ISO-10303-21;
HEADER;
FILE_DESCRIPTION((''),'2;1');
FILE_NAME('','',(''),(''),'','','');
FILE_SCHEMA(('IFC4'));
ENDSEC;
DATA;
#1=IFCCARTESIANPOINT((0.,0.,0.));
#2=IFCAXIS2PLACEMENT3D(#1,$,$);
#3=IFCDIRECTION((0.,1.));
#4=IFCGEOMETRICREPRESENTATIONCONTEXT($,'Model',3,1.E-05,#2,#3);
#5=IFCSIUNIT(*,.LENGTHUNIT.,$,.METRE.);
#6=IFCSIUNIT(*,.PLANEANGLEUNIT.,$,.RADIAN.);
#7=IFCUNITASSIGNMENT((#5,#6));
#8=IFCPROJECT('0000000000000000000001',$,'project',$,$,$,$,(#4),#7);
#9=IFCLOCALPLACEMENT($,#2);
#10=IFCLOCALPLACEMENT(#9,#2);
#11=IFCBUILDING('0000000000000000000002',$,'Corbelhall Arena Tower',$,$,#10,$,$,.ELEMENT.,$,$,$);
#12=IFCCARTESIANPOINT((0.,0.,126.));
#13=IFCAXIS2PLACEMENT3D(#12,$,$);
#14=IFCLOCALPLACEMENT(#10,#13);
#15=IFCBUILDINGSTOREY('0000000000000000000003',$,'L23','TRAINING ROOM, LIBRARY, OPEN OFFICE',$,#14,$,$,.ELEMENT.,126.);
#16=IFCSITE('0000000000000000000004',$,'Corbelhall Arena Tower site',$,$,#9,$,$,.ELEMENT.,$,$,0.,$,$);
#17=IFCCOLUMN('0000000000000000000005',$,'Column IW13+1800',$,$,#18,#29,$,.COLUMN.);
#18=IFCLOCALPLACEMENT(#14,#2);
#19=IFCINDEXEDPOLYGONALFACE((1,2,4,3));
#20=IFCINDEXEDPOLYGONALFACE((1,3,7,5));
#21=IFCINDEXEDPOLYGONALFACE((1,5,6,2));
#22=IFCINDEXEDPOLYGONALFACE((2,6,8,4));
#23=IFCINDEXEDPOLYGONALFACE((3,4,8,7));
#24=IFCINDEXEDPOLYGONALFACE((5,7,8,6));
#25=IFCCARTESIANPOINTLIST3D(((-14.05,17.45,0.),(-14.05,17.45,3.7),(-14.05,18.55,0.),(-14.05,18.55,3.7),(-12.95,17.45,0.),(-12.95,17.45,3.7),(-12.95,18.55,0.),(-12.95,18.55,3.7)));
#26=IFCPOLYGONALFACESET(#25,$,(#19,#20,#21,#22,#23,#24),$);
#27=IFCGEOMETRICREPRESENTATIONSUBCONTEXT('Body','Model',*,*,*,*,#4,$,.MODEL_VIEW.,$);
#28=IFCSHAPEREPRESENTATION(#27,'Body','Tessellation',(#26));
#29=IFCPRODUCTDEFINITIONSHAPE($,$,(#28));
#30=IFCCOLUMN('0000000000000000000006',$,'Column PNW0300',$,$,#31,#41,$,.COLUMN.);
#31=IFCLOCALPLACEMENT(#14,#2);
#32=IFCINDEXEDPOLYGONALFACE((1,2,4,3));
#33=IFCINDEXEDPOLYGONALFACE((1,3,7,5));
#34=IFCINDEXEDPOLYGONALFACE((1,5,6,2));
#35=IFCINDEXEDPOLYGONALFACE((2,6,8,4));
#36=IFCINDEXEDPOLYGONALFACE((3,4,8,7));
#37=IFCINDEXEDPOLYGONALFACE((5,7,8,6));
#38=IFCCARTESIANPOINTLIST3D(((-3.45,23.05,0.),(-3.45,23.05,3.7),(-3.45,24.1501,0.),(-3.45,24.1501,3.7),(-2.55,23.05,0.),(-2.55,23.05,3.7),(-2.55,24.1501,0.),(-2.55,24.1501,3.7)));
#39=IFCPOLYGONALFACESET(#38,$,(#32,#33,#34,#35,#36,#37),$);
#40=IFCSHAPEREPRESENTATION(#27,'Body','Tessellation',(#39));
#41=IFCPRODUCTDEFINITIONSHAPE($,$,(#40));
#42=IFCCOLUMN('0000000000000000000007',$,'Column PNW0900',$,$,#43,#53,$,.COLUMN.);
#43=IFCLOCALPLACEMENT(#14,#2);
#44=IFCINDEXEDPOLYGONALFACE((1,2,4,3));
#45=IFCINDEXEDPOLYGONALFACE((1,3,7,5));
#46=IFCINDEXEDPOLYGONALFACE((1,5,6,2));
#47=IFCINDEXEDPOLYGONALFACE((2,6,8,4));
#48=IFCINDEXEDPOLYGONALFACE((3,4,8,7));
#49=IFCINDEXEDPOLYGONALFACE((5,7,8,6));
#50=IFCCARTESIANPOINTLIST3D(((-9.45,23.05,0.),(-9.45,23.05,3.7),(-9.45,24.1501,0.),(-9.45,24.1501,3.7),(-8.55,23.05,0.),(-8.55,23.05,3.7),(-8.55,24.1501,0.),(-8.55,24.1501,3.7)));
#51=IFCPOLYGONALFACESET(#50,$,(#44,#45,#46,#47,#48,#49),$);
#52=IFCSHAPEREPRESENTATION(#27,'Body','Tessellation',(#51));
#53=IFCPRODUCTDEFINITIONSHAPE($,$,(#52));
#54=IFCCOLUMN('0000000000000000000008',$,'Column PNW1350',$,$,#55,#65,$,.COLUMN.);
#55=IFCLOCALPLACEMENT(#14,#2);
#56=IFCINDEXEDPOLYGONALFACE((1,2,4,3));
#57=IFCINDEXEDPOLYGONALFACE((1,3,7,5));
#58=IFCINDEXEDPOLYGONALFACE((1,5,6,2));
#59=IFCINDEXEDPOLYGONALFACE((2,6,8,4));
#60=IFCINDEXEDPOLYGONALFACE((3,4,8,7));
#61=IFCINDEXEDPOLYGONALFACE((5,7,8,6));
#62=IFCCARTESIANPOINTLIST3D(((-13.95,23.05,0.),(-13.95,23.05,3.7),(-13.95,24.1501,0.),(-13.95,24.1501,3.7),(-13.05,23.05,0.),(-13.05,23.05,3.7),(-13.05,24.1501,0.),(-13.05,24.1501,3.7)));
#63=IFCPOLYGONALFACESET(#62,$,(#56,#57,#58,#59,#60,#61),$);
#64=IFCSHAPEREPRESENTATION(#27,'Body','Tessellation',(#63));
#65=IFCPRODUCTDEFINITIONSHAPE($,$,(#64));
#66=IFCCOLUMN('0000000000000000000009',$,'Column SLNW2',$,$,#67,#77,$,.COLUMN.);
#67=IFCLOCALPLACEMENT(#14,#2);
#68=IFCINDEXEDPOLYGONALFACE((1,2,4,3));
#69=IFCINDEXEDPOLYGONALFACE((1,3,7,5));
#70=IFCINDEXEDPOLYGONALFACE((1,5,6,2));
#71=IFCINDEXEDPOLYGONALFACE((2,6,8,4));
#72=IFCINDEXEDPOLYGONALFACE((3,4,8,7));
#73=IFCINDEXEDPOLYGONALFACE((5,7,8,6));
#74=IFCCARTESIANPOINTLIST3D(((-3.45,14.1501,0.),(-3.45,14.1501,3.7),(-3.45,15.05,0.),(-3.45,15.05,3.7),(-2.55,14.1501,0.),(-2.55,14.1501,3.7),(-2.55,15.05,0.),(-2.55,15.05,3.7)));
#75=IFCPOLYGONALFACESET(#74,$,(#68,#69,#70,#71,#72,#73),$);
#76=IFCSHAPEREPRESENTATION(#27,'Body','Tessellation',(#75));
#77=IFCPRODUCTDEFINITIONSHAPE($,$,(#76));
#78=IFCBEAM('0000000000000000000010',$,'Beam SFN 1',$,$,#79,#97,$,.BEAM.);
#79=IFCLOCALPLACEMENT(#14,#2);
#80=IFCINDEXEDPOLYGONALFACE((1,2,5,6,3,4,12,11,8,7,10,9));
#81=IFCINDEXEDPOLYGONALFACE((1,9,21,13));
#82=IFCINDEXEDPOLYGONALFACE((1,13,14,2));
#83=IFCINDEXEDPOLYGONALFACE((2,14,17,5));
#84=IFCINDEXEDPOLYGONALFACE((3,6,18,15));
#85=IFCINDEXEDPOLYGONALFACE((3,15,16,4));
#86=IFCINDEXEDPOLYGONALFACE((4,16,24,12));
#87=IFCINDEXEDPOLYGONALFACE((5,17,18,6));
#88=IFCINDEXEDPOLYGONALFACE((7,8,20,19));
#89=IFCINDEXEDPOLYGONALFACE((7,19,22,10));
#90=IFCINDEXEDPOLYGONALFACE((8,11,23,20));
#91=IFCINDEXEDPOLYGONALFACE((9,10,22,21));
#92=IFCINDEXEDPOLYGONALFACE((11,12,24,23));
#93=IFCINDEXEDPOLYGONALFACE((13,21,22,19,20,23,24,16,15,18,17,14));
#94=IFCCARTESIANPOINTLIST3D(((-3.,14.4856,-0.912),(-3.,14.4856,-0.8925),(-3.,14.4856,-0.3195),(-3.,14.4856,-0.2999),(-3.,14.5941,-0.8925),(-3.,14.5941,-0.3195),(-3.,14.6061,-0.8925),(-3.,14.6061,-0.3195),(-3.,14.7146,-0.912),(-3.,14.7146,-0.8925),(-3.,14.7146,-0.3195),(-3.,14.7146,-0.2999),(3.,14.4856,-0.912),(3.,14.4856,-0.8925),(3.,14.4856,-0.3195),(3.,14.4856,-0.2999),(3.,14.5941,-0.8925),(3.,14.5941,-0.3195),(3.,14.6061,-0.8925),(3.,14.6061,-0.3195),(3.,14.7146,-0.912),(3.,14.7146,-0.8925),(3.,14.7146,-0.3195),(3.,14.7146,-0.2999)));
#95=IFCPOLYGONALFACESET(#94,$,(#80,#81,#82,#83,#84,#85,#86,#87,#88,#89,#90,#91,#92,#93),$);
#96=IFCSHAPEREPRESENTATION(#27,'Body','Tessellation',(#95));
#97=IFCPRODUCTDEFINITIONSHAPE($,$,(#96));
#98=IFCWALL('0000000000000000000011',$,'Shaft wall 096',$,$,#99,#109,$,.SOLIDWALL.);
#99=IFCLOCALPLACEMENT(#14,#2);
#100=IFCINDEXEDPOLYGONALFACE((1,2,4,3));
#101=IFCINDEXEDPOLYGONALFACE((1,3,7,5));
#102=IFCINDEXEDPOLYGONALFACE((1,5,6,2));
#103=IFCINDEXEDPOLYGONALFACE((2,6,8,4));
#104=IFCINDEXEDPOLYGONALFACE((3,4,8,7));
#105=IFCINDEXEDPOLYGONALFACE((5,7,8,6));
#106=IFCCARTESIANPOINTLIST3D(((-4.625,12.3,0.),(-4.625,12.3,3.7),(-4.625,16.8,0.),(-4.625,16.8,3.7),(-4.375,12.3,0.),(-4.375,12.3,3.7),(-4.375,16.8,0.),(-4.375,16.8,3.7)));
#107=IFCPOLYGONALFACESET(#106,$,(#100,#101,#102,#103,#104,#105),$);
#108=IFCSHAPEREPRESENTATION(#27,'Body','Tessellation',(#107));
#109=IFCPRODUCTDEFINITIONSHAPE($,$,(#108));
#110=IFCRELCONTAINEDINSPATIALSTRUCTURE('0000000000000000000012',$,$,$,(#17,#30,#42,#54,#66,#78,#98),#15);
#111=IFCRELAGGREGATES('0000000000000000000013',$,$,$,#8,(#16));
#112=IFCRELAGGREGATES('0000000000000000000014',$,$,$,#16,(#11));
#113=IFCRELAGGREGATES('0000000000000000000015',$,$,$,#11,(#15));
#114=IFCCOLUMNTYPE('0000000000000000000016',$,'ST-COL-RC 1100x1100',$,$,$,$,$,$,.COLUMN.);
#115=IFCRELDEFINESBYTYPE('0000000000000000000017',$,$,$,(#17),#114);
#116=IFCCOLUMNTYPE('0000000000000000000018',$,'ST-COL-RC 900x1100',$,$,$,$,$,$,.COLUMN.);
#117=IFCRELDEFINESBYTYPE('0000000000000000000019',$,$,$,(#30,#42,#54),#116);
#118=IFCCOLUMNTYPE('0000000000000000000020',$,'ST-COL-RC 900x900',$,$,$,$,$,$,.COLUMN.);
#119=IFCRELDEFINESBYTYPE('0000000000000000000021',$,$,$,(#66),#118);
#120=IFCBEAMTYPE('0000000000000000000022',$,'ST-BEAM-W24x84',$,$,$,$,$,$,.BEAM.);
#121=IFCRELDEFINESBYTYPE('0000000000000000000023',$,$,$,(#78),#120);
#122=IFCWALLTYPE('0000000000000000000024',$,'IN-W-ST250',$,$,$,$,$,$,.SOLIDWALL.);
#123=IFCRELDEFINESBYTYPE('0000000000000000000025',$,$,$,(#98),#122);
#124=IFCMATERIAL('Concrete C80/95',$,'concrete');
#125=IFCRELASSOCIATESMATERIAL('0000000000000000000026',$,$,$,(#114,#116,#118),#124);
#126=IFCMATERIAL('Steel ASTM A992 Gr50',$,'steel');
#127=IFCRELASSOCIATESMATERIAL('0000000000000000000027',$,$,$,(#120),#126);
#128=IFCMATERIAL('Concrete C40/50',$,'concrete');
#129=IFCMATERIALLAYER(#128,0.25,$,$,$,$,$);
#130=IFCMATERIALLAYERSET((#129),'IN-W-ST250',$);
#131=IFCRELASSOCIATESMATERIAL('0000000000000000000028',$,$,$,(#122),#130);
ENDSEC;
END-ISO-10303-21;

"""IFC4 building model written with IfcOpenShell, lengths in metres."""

from ifc_helpers import new_model, si_unit, direction, frame, frame_2d, origin, origin_2d, place, context, subcontext, project, spatial, rectangle, i_section, extrude, material, layer, layer_set, material_profile, profile_set, type_object, element, save


model = new_model("IFC4")

# Units and contexts
model_context = context("Model", 3, precision=1e-05, world=origin(), true_north=direction((0.0, 1.0)))
body_context = subcontext(model_context, "Body", "Model", "MODEL_VIEW")
ifc_project = project(units=[si_unit("LENGTHUNIT", "METRE"), si_unit("PLANEANGLEUNIT", "RADIAN")], contexts=[model_context])

# Site, building, storey
site_placement = place(None, origin())
site = spatial("IfcSite", under=ifc_project, at=site_placement, Name="Corbelhall Arena Tower site", CompositionType="ELEMENT", RefElevation=0.0)
building_placement = place(site_placement, origin())
building = spatial("IfcBuilding", under=site, at=building_placement, Name="Corbelhall Arena Tower", CompositionType="ELEMENT")
storey_placement = place(building_placement, frame((0.0, 0.0, 126.0)))
storey = spatial("IfcBuildingStorey", under=building, at=storey_placement, Name="L23", Description="TRAINING ROOM, LIBRARY, OPEN OFFICE", CompositionType="ELEMENT", Elevation=126.0)

# Columns
ifc_material_1 = material(Name="Concrete C80/95", Category="concrete")
ifc_material_profile_1 = material_profile(ifc_material_1, rectangle(XDim=1.1001, YDim=1.1001, at=origin_2d()))
ifc_profile_set_1 = profile_set([ifc_material_profile_1], Name="Concrete C80/95")
column_type_1 = type_object("IfcColumnType", Name="ST-COL-RC 1100x1100", PredefinedType="COLUMN", material=ifc_profile_set_1)
column_1_placement = place(storey_placement, frame((-13.5, 18.0, 0.0), z_axis=(0.0, 0.0, 1.0), x_axis=(1.0, 0.0, 0.0)))
element("IfcColumn", 1, at=column_1_placement, inside=storey, type_object=column_type_1, Name="Column IW13+1800", PredefinedType="COLUMN", context=body_context, shape_type="SweptSolid", body=[
    extrude(rectangle(XDim=1.1001, YDim=1.1001, at=origin_2d()), origin(), (0.0, 0.0, 1.0), 3.7),
])
ifc_material_profile_2 = material_profile(ifc_material_1, rectangle(XDim=0.8999, YDim=1.1001, at=origin_2d()))
ifc_profile_set_2 = profile_set([ifc_material_profile_2], Name="Concrete C80/95")
column_type_2 = type_object("IfcColumnType", Name="ST-COL-RC 900x1100", PredefinedType="COLUMN", material=ifc_profile_set_2)
for number, where, z_axis, x_axis, name in (
    (2, (-3.0, 23.6001, 0.0), (0.0, 0.0, 1.0), (1.0, 0.0, 0.0), "Column PNW0300"),
    (3, (-9.0, 23.6001, 0.0), (0.0, 0.0, 1.0), (1.0, 0.0, 0.0), "Column PNW0900"),
    (4, (-13.5, 23.6001, 0.0), (0.0, 0.0, 1.0), (1.0, 0.0, 0.0), "Column PNW1350"),
):
    element("IfcColumn", number, at=place(storey_placement, frame(where, z_axis=z_axis, x_axis=x_axis)), inside=storey, type_object=column_type_2, Name=name, PredefinedType="COLUMN", context=body_context, shape_type="SweptSolid", body=[
        extrude(rectangle(XDim=0.8999, YDim=1.1001, at=origin_2d()), origin(), (0.0, 0.0, 1.0), 3.7),
    ])
ifc_material_profile_3 = material_profile(ifc_material_1, rectangle(XDim=0.8999, YDim=0.8999, at=origin_2d()))
ifc_profile_set_3 = profile_set([ifc_material_profile_3], Name="Concrete C80/95")
column_type_3 = type_object("IfcColumnType", Name="ST-COL-RC 900x900", PredefinedType="COLUMN", material=ifc_profile_set_3)
column_2_placement = place(storey_placement, frame((-3.0, 14.6001, 0.0), z_axis=(0.0, 0.0, 1.0), x_axis=(1.0, 0.0, 0.0)))
element("IfcColumn", 5, at=column_2_placement, inside=storey, type_object=column_type_3, Name="Column SLNW2", PredefinedType="COLUMN", context=body_context, shape_type="SweptSolid", body=[
    extrude(rectangle(XDim=0.8999, YDim=0.8999, at=origin_2d()), origin(), (0.0, 0.0, 1.0), 3.7),
])

# Beam
ifc_material_2 = material(Name="Steel ASTM A992 Gr50", Category="steel")
ifc_material_profile_4 = material_profile(ifc_material_2, i_section(OverallWidth=0.229, OverallDepth=0.6121, WebThickness=0.012, FlangeThickness=0.0195, at=origin_2d()))
ifc_profile_set_4 = profile_set([ifc_material_profile_4], Name="Steel ASTM A992 Gr50")
beam_type = type_object("IfcBeamType", Name="ST-BEAM-W24x84", PredefinedType="BEAM", material=ifc_profile_set_4)
beam_placement = place(storey_placement, frame((-3.0, 14.6001, -0.606), z_axis=(1.0, 0.0, 0.0), x_axis=(0.0, 1.0, 0.0)))
element("IfcBeam", 6, at=beam_placement, inside=storey, type_object=beam_type, Name="Beam SFN 1", PredefinedType="BEAM", context=body_context, shape_type="SweptSolid", body=[
    extrude(i_section(OverallWidth=0.229, OverallDepth=0.6121, WebThickness=0.012, FlangeThickness=0.0195, at=origin_2d()), origin(), (0.0, 0.0, 1.0), 6.0),
])

# Wall
ifc_material_3 = material(Name="Concrete C40/50", Category="concrete")
ifc_layer_1 = layer(ifc_material_3, 0.25)
ifc_layer_set_1 = layer_set([ifc_layer_1], Name="IN-W-ST250")
wall_type_1 = type_object("IfcWallType", Name="IN-W-ST250", PredefinedType="SOLIDWALL", material=ifc_layer_set_1)
wall_1_placement = place(storey_placement, frame((-4.5, 16.8, 0.0), z_axis=(0.0, 0.0, 1.0), x_axis=(0.0, -1.0, 0.0)))
element("IfcWall", 7, at=wall_1_placement, inside=storey, type_object=wall_type_1, Name="Shaft wall 096", PredefinedType="SOLIDWALL", context=body_context, shape_type="SweptSolid", body=[
    extrude(rectangle(XDim=4.5, YDim=0.25, at=frame_2d((2.25, 0.0))), origin(), (0.0, 0.0, 1.0), 3.7),
])

save(model, "model.ifc")
